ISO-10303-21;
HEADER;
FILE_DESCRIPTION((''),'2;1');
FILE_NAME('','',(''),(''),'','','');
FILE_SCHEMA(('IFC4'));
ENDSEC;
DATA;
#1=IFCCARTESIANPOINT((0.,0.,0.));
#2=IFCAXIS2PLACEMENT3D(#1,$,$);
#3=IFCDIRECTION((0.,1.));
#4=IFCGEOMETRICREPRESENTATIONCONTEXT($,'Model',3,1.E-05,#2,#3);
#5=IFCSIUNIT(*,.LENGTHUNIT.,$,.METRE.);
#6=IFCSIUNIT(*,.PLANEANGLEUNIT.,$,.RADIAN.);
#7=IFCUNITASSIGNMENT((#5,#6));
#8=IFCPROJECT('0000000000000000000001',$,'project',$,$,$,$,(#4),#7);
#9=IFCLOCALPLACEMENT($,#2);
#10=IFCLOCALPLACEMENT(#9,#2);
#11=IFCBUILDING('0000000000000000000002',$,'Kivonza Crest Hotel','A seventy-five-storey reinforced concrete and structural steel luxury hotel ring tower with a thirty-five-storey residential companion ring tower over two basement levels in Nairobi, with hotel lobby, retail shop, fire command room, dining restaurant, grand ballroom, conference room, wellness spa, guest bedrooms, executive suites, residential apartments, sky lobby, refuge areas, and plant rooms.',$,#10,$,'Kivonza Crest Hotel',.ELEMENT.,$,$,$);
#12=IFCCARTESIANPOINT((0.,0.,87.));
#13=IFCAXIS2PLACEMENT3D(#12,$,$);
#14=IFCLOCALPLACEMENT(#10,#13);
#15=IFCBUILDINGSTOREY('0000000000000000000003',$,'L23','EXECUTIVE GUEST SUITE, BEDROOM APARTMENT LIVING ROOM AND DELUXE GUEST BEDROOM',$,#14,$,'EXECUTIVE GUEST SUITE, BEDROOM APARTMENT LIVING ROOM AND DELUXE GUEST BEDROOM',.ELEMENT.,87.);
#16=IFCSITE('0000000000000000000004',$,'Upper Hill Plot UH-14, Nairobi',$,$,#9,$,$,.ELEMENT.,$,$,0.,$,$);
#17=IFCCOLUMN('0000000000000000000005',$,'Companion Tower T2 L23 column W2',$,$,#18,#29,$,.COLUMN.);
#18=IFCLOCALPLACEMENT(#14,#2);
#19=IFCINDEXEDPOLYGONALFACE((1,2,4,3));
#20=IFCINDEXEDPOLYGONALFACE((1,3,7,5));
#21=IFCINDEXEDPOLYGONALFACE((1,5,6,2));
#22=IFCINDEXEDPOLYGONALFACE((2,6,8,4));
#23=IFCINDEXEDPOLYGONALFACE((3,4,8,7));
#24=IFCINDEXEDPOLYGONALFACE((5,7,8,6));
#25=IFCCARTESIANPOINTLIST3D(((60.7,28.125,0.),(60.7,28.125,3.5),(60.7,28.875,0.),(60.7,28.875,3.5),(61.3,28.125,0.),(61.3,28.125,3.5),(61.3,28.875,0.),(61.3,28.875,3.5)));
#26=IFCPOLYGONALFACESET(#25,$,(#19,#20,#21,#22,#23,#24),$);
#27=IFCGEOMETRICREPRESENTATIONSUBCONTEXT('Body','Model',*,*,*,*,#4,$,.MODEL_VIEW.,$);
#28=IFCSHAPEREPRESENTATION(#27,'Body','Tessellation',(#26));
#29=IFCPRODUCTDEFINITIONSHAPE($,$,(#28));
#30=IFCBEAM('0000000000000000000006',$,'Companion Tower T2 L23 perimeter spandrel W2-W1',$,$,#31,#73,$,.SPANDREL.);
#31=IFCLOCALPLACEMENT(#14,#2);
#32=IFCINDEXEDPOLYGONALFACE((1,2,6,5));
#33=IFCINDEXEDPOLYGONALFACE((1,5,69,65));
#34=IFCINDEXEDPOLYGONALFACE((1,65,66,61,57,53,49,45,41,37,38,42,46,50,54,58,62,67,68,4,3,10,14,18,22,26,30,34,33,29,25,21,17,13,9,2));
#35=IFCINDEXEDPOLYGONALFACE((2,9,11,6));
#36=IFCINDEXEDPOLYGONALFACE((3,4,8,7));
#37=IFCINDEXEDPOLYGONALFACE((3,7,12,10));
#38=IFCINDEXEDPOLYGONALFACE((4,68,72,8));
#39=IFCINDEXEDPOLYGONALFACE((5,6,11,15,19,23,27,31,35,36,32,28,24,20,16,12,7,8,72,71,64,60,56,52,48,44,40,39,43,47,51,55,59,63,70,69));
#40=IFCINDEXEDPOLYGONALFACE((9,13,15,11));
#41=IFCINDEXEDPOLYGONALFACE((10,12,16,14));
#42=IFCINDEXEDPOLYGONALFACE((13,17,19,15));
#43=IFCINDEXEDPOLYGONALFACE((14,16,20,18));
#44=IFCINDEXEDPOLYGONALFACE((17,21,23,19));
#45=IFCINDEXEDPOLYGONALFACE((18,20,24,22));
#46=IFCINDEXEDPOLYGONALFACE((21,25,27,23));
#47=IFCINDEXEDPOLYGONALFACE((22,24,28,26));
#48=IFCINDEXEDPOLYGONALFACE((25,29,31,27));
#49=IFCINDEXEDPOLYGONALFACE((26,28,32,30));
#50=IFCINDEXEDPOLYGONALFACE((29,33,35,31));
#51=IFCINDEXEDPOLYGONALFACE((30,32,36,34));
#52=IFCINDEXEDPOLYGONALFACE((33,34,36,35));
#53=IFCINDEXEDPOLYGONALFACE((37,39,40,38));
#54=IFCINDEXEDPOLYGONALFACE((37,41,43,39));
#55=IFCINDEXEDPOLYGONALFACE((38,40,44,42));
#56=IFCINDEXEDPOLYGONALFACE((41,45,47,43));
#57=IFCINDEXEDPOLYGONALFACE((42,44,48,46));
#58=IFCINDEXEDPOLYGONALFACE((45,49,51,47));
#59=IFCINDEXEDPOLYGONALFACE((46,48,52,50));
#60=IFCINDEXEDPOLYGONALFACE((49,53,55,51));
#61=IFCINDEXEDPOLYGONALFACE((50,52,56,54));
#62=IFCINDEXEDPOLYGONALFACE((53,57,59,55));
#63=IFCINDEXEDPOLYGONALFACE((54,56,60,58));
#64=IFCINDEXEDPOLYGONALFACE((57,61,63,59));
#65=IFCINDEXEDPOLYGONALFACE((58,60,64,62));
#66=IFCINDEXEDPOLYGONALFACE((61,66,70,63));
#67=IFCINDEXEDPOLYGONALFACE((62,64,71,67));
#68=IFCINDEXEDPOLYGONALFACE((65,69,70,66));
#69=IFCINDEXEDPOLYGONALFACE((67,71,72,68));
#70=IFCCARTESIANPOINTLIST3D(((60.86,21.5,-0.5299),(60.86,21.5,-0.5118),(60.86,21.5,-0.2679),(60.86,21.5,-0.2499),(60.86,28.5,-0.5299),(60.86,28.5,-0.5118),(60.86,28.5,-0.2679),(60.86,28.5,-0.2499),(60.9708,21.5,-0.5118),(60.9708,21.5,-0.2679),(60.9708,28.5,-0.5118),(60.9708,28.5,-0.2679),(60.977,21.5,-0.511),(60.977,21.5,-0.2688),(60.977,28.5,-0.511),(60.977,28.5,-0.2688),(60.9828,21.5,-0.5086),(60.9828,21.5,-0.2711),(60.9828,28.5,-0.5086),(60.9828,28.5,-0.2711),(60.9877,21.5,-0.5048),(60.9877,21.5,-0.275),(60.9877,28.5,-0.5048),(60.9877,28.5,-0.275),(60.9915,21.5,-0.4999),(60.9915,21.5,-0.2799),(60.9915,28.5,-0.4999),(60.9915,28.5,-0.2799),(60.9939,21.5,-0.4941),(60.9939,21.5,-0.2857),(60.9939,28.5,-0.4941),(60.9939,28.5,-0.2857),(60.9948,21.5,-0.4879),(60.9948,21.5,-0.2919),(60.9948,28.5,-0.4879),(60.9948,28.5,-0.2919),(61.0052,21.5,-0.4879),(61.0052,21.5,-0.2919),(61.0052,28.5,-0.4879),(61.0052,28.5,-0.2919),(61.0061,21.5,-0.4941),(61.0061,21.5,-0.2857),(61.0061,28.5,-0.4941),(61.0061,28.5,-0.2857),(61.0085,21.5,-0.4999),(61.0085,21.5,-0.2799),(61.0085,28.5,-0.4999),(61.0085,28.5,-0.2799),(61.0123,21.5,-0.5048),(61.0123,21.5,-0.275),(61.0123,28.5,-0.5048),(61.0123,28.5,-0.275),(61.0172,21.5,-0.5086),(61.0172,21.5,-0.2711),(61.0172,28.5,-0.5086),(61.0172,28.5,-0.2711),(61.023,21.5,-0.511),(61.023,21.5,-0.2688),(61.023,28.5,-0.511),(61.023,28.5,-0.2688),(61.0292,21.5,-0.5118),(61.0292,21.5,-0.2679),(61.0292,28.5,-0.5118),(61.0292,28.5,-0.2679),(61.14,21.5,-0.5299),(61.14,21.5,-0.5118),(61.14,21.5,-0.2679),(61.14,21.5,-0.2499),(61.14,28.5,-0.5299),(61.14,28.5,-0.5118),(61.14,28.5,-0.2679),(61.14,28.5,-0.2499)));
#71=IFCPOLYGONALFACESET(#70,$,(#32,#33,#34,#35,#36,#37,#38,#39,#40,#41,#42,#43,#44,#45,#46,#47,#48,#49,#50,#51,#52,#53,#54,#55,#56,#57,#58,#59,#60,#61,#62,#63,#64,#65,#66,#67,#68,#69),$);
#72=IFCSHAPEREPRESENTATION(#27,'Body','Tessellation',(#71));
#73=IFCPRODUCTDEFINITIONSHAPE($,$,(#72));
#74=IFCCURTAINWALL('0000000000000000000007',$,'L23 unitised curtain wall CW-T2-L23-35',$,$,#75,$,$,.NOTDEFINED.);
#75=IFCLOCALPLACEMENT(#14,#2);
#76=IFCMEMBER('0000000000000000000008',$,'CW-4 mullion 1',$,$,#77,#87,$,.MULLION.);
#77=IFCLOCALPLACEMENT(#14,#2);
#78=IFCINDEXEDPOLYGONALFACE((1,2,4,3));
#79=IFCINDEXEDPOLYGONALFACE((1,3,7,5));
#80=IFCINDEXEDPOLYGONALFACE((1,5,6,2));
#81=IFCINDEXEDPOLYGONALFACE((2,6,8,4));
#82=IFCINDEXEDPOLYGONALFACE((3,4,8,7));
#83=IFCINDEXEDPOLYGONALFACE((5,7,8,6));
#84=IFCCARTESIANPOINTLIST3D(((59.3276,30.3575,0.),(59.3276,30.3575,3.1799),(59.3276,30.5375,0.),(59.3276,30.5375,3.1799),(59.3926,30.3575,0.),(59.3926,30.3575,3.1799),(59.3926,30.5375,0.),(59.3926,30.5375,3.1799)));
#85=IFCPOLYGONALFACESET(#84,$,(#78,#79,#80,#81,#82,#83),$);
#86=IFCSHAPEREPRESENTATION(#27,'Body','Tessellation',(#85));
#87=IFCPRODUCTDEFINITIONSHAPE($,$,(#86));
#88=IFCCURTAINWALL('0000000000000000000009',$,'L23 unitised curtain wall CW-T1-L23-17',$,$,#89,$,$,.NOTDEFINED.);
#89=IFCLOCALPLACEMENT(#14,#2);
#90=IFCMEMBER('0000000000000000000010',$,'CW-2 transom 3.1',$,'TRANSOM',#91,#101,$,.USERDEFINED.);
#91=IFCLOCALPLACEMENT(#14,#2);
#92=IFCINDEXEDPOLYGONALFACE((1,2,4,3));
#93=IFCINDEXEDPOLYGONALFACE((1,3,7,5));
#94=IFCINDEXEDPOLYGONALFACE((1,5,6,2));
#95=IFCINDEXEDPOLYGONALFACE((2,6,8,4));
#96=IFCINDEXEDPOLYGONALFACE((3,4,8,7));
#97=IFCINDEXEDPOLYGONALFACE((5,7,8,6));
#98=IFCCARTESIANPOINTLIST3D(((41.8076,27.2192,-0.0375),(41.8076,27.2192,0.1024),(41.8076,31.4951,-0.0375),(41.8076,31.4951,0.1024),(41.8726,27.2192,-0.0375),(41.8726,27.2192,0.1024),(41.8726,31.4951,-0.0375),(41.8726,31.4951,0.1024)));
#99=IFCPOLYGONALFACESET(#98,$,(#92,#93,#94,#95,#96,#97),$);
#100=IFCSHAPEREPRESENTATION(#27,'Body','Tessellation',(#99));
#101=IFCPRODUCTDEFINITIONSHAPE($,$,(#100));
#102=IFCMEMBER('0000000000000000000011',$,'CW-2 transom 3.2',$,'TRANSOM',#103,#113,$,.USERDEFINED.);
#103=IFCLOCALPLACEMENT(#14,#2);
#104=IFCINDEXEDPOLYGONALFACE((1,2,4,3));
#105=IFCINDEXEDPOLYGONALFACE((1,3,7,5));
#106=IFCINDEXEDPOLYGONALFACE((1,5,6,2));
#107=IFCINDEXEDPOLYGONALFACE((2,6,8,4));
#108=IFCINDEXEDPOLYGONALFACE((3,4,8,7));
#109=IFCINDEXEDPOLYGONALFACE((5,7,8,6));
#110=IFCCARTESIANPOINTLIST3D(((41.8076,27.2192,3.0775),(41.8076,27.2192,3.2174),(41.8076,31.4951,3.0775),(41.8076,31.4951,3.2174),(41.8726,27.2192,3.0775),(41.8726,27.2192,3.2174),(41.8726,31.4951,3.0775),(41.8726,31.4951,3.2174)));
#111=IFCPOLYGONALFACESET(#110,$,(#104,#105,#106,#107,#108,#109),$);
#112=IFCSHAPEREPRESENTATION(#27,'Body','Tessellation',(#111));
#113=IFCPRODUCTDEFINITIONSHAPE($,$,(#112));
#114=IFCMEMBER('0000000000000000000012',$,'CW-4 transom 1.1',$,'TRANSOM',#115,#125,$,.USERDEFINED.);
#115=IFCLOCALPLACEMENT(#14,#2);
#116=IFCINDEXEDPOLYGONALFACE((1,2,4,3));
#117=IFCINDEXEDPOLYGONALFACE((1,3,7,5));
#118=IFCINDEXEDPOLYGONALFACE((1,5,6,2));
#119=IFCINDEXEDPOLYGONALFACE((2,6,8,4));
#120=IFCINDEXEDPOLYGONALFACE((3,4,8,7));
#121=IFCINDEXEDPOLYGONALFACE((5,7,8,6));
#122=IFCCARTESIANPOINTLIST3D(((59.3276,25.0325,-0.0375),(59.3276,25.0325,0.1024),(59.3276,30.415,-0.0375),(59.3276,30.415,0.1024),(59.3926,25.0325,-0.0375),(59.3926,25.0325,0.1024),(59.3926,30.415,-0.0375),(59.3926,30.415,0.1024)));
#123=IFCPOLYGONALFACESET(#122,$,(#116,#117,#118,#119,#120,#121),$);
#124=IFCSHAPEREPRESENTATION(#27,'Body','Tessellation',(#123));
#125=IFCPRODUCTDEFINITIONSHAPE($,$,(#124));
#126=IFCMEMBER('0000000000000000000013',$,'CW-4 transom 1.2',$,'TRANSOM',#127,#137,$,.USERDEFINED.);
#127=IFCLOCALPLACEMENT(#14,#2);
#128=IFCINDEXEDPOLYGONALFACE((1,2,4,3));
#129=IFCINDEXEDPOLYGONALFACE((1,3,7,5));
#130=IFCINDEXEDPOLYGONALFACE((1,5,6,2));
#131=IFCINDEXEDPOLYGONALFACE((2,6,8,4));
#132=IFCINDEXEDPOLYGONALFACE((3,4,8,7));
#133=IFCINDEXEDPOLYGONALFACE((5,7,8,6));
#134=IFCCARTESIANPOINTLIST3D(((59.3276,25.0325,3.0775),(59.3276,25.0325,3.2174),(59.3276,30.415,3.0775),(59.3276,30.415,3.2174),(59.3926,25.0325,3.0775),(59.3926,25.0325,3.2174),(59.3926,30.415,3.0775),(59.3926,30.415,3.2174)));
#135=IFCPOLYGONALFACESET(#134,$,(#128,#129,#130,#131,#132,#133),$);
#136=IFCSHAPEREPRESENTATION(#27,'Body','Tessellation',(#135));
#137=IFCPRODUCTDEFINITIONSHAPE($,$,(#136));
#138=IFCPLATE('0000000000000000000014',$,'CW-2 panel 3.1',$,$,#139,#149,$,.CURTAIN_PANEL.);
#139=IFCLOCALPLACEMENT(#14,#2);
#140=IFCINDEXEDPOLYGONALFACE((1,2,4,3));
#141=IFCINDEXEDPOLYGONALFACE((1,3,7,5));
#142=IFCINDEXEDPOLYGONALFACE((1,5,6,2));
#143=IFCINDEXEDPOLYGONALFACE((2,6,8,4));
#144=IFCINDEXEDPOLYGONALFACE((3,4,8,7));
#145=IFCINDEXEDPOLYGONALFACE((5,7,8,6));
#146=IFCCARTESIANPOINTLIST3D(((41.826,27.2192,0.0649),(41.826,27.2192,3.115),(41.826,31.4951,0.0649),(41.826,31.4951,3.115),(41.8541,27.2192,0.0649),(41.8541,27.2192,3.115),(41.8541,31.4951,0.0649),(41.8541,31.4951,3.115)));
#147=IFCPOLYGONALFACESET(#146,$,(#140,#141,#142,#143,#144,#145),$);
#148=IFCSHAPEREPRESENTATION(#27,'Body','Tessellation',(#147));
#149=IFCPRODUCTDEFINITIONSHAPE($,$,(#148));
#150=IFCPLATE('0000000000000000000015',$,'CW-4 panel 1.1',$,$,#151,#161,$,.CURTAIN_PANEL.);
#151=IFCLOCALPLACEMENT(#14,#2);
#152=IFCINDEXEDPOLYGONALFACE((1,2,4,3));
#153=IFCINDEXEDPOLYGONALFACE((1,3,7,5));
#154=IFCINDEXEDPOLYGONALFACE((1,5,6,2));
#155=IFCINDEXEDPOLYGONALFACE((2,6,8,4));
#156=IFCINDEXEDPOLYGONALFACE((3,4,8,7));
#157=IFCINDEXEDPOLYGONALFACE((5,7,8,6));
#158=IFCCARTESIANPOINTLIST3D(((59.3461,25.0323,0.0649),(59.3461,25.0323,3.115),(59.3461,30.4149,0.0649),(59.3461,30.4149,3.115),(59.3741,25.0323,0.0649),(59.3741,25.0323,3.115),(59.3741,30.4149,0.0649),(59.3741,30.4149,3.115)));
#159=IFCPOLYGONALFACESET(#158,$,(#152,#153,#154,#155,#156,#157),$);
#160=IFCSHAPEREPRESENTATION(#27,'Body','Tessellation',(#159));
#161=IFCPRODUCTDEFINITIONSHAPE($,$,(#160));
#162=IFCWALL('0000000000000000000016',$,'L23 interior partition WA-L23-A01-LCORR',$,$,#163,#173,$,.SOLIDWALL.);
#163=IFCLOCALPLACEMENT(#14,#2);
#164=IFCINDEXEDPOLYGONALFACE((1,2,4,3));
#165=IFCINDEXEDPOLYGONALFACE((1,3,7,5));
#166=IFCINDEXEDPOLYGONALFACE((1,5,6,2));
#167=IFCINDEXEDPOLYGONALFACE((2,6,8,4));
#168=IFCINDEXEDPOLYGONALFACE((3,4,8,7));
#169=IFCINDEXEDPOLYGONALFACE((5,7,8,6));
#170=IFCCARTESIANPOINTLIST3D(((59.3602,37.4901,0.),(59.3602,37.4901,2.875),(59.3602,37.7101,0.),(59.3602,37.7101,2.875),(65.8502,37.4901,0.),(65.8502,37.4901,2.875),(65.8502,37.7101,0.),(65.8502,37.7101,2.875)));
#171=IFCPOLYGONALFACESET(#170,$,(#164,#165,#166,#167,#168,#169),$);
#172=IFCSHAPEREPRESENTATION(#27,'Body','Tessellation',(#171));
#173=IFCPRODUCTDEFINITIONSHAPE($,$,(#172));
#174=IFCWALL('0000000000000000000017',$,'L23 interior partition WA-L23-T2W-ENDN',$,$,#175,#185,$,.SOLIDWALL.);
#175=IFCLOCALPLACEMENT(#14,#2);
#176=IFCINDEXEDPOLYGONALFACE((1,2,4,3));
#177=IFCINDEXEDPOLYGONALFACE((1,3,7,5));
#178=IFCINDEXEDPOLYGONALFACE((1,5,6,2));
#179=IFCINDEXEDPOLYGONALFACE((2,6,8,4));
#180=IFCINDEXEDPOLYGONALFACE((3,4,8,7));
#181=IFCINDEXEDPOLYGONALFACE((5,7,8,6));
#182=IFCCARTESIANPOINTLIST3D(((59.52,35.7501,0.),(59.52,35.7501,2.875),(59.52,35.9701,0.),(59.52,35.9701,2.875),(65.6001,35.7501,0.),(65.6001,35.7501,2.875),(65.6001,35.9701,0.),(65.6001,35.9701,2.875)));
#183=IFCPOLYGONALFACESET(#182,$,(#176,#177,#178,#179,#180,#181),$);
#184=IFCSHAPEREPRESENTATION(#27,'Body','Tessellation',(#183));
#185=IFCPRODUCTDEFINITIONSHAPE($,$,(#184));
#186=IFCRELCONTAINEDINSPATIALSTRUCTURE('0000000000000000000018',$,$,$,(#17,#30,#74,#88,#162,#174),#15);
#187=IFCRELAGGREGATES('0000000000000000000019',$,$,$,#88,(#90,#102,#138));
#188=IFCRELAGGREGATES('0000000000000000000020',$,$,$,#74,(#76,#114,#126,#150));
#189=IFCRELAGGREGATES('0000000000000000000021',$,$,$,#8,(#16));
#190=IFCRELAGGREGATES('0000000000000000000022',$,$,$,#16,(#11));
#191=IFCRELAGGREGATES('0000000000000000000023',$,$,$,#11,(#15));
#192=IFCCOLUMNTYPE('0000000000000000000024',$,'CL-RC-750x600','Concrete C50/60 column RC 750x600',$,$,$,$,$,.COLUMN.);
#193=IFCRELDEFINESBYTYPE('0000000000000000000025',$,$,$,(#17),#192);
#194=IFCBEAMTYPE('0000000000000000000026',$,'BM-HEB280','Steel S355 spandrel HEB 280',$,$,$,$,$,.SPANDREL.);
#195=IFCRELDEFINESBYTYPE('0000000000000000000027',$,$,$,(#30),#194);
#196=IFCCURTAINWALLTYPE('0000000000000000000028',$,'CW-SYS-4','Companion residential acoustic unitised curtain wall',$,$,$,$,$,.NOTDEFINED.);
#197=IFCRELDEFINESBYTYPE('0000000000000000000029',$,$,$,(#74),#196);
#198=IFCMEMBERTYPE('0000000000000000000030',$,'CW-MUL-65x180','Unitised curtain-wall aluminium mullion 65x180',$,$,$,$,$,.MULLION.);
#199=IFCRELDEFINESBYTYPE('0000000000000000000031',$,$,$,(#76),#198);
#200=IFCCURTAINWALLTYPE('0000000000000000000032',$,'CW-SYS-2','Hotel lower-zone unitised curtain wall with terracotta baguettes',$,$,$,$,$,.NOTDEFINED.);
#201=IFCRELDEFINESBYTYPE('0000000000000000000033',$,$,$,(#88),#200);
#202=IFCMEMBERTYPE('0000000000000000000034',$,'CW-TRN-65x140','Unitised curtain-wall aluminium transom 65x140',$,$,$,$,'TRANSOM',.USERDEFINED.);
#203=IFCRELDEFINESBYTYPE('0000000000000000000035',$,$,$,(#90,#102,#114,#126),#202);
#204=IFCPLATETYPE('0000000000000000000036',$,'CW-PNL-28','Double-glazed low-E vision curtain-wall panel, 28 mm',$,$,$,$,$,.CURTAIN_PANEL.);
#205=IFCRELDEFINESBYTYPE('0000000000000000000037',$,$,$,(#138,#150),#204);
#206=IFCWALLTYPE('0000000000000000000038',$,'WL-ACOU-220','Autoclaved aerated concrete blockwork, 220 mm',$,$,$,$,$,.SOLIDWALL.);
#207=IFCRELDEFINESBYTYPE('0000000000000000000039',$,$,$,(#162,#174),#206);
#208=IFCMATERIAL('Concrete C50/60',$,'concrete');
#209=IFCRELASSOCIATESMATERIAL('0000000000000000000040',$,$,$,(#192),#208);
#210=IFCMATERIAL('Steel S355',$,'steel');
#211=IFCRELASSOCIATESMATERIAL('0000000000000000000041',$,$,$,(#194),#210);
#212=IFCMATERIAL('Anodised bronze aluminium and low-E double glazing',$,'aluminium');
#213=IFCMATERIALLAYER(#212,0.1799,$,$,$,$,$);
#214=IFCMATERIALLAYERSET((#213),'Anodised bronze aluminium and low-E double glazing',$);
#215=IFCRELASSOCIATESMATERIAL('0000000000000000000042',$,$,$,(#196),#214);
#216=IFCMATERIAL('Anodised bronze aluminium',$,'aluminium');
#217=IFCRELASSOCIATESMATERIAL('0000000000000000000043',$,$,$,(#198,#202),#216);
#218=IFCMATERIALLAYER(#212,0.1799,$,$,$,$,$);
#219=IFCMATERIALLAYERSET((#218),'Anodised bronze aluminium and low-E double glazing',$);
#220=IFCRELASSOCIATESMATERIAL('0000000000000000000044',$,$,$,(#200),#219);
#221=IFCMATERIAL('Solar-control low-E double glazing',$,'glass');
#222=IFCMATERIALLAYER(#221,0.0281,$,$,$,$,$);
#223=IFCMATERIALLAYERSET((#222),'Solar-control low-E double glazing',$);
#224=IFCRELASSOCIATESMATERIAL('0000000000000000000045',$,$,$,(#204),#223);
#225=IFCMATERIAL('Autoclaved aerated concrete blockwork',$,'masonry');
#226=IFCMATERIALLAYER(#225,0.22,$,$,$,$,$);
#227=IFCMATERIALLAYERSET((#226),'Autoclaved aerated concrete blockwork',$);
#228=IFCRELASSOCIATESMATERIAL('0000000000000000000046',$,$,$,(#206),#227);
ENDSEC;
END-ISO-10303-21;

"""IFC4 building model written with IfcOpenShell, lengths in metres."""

from ifc_helpers import new_model, si_unit, direction, frame, frame_2d, origin, origin_2d, place, context, subcontext, project, spatial, rectangle, i_section, extrude, material, layer, layer_set, material_profile, profile_set, type_object, element, aggregate, save


model = new_model("IFC4")

# Units and contexts
model_context = context("Model", 3, precision=1e-05, world=origin(), true_north=direction((0.0, 1.0)))
body_context = subcontext(model_context, "Body", "Model", "MODEL_VIEW")
ifc_project = project(units=[si_unit("LENGTHUNIT", "METRE"), si_unit("PLANEANGLEUNIT", "RADIAN")], contexts=[model_context])

# Site, building, storey
site_placement = place(None, origin())
site = spatial("IfcSite", under=ifc_project, at=site_placement, Name="Upper Hill Plot UH-14, Nairobi", CompositionType="ELEMENT", RefElevation=0.0)
building_placement = place(site_placement, origin())
building = spatial("IfcBuilding", under=site, at=building_placement, Name="Kivonza Crest Hotel", Description="A seventy-five-storey reinforced concrete and structural steel luxury hotel ring tower with a thirty-five-storey residential companion ring tower over two basement levels in Nairobi, with hotel lobby, retail shop, fire command room, dining restaurant, grand ballroom, conference room, wellness spa, guest bedrooms, executive suites, residential apartments, sky lobby, refuge areas, and plant rooms.", LongName="Kivonza Crest Hotel", CompositionType="ELEMENT")
storey_placement = place(building_placement, frame((0.0, 0.0, 87.0)))
storey = spatial("IfcBuildingStorey", under=building, at=storey_placement, Name="L23", Description="EXECUTIVE GUEST SUITE, BEDROOM APARTMENT LIVING ROOM AND DELUXE GUEST BEDROOM", LongName="EXECUTIVE GUEST SUITE, BEDROOM APARTMENT LIVING ROOM AND DELUXE GUEST BEDROOM", CompositionType="ELEMENT", Elevation=87.0)

# Column
ifc_material_1 = material(Name="Concrete C50/60", Category="concrete")
ifc_material_profile_1 = material_profile(ifc_material_1, rectangle(XDim=0.6001, YDim=0.75, at=origin_2d()), Name="RC 750x600")
ifc_profile_set_1 = profile_set([ifc_material_profile_1], Name="Concrete C50/60")
column_type = type_object("IfcColumnType", Name="CL-RC-750x600", Description="Concrete C50/60 column RC 750x600", PredefinedType="COLUMN", material=ifc_profile_set_1)
column_placement = place(storey_placement, frame((61.0, 28.5, 0.0), z_axis=(0.0, 0.0, 1.0), x_axis=(1.0, 0.0, 0.0)))
element("IfcColumn", 1, at=column_placement, inside=storey, type_object=column_type, Name="Companion Tower T2 L23 column W2", PredefinedType="COLUMN", context=body_context, shape_type="SweptSolid", body=[
    extrude(rectangle(XDim=0.6001, YDim=0.75, at=origin_2d()), origin(), (0.0, 0.0, 1.0), 3.5),
])

# Beam
ifc_material_2 = material(Name="Steel S355", Category="steel")
ifc_material_profile_2 = material_profile(ifc_material_2, i_section(OverallWidth=0.28, OverallDepth=0.28, WebThickness=0.0105, FlangeThickness=0.0181, FilletRadius=0.0239, at=origin_2d()), Name="HEB 280")
ifc_profile_set_2 = profile_set([ifc_material_profile_2], Name="Steel S355")
beam_type = type_object("IfcBeamType", Name="BM-HEB280", Description="Steel S355 spandrel HEB 280", PredefinedType="SPANDREL", material=ifc_profile_set_2)
beam_placement = place(storey_placement, frame((61.0, 28.5, -0.3899), z_axis=(0.0, -1.0, 0.0), x_axis=(1.0, 0.0, 0.0)))
element("IfcBeam", 2, at=beam_placement, inside=storey, type_object=beam_type, Name="Companion Tower T2 L23 perimeter spandrel W2-W1", PredefinedType="SPANDREL", context=body_context, shape_type="SweptSolid", body=[
    extrude(i_section(OverallWidth=0.28, OverallDepth=0.28, WebThickness=0.0105, FlangeThickness=0.0181, FilletRadius=0.0239, at=origin_2d()), origin(), (0.0, 0.0, 1.0), 7.0),
])

# Curtain wall, member
ifc_material_3 = material(Name="Anodised bronze aluminium and low-E double glazing", Category="aluminium")
ifc_layer_1 = layer(ifc_material_3, 0.1799)
ifc_layer_set_1 = layer_set([ifc_layer_1], Name="Anodised bronze aluminium and low-E double glazing")
curtain_wall_type_1 = type_object("IfcCurtainWallType", Name="CW-SYS-4", Description="Companion residential acoustic unitised curtain wall", PredefinedType="NOTDEFINED", material=ifc_layer_set_1)
curtain_wall_1_placement = place(storey_placement, origin())
curtain_wall_1 = element("IfcCurtainWall", 3, at=curtain_wall_1_placement, inside=storey, type_object=curtain_wall_type_1, Name="L23 unitised curtain wall CW-T2-L23-35", PredefinedType="NOTDEFINED")
ifc_material_4 = material(Name="Anodised bronze aluminium", Category="aluminium")
ifc_material_profile_3 = material_profile(ifc_material_4, rectangle(XDim=0.0649, YDim=0.1799, at=origin_2d()), Name="CW-M 65x180")
ifc_profile_set_3 = profile_set([ifc_material_profile_3], Name="Anodised bronze aluminium")
member_type_1 = type_object("IfcMemberType", Name="CW-MUL-65x180", Description="Unitised curtain-wall aluminium mullion 65x180", PredefinedType="MULLION", material=ifc_profile_set_3)
member_1_placement = place(storey_placement, frame((59.3601, 30.4475, 0.0), z_axis=(0.0, 0.0, 1.0), x_axis=(1.0, 0.0, 0.0)))
member_1 = element("IfcMember", 4, at=member_1_placement, type_object=member_type_1, Name="CW-4 mullion 1", PredefinedType="MULLION", context=body_context, shape_type="SweptSolid", body=[
    extrude(rectangle(XDim=0.0649, YDim=0.1799, at=origin_2d()), origin(), (0.0, 0.0, 1.0), 3.1799),
])

# Curtain wall, members
ifc_layer_2 = layer(ifc_material_3, 0.1799)
ifc_layer_set_2 = layer_set([ifc_layer_2], Name="Anodised bronze aluminium and low-E double glazing")
curtain_wall_type_2 = type_object("IfcCurtainWallType", Name="CW-SYS-2", Description="Hotel lower-zone unitised curtain wall with terracotta baguettes", PredefinedType="NOTDEFINED", material=ifc_layer_set_2)
curtain_wall_2_placement = place(storey_placement, origin())
curtain_wall_2 = element("IfcCurtainWall", 5, at=curtain_wall_2_placement, inside=storey, type_object=curtain_wall_type_2, Name="L23 unitised curtain wall CW-T1-L23-17", PredefinedType="NOTDEFINED")
ifc_material_profile_4 = material_profile(ifc_material_4, rectangle(XDim=0.0649, YDim=0.1399, at=origin_2d()), Name="CW-T 65x140")
ifc_profile_set_4 = profile_set([ifc_material_profile_4], Name="Anodised bronze aluminium")
member_type_2 = type_object("IfcMemberType", Name="CW-TRN-65x140", Description="Unitised curtain-wall aluminium transom 65x140", ElementType="TRANSOM", PredefinedType="USERDEFINED", material=ifc_profile_set_4)
member_2_placement = place(storey_placement, frame((41.8401, 27.2192, 0.0325), z_axis=(0.0, 1.0, 0.0), x_axis=(-1.0, 0.0, 0.0)))
member_2 = element("IfcMember", 6, at=member_2_placement, type_object=member_type_2, Name="CW-2 transom 3.1", ObjectType="TRANSOM", PredefinedType="USERDEFINED", context=body_context, shape_type="SweptSolid", body=[
    extrude(rectangle(XDim=0.0649, YDim=0.1399, at=origin_2d()), origin(), (0.0, 0.0, 1.0), 4.2759),
])
member_3_placement = place(storey_placement, frame((41.8401, 27.2192, 3.1475), z_axis=(0.0, 1.0, 0.0), x_axis=(-1.0, 0.0, 0.0)))
member_3 = element("IfcMember", 7, at=member_3_placement, type_object=member_type_2, Name="CW-2 transom 3.2", ObjectType="TRANSOM", PredefinedType="USERDEFINED", context=body_context, shape_type="SweptSolid", body=[
    extrude(rectangle(XDim=0.0649, YDim=0.1399, at=origin_2d()), origin(), (0.0, 0.0, 1.0), 4.2759),
])

# Members
member_4_placement = place(storey_placement, frame((59.3601, 30.415, 0.0325), z_axis=(0.0, -1.0, 0.0), x_axis=(1.0, 0.0, 0.0)))
member_4 = element("IfcMember", 8, at=member_4_placement, type_object=member_type_2, Name="CW-4 transom 1.1", ObjectType="TRANSOM", PredefinedType="USERDEFINED", context=body_context, shape_type="SweptSolid", body=[
    extrude(rectangle(XDim=0.0649, YDim=0.1399, at=origin_2d()), origin(), (0.0, 0.0, 1.0), 5.3826),
])
member_5_placement = place(storey_placement, frame((59.3601, 30.415, 3.1475), z_axis=(0.0, -1.0, 0.0), x_axis=(1.0, 0.0, 0.0)))
member_5 = element("IfcMember", 9, at=member_5_placement, type_object=member_type_2, Name="CW-4 transom 1.2", ObjectType="TRANSOM", PredefinedType="USERDEFINED", context=body_context, shape_type="SweptSolid", body=[
    extrude(rectangle(XDim=0.0649, YDim=0.1399, at=origin_2d()), origin(), (0.0, 0.0, 1.0), 5.3826),
])

# Plates
ifc_material_5 = material(Name="Solar-control low-E double glazing", Category="glass")
ifc_layer_3 = layer(ifc_material_5, 0.0281)
ifc_layer_set_3 = layer_set([ifc_layer_3], Name="Solar-control low-E double glazing")
plate_type = type_object("IfcPlateType", Name="CW-PNL-28", Description="Double-glazed low-E vision curtain-wall panel, 28 mm", PredefinedType="CURTAIN_PANEL", material=ifc_layer_set_3)
plate_1_placement = place(storey_placement, frame((41.8401, 29.3572, 0.0649), z_axis=(0.0, 0.0, 1.0), x_axis=(0.0, 1.0, 0.0)))
plate_1 = element("IfcPlate", 10, at=plate_1_placement, type_object=plate_type, Name="CW-2 panel 3.1", PredefinedType="CURTAIN_PANEL", context=body_context, shape_type="SweptSolid", body=[
    extrude(rectangle(XDim=4.2759, YDim=0.0281, at=origin_2d()), origin(), (0.0, 0.0, 1.0), 3.05),
])
aggregate(curtain_wall_2, [member_2, member_3, plate_1])
plate_2_placement = place(storey_placement, frame((59.3601, 27.7236, 0.0649), z_axis=(0.0, 0.0, 1.0), x_axis=(0.0, -1.0, 0.0)))
plate_2 = element("IfcPlate", 11, at=plate_2_placement, type_object=plate_type, Name="CW-4 panel 1.1", PredefinedType="CURTAIN_PANEL", context=body_context, shape_type="SweptSolid", body=[
    extrude(rectangle(XDim=5.3826, YDim=0.0281, at=origin_2d()), origin(), (0.0, 0.0, 1.0), 3.05),
])
aggregate(curtain_wall_1, [member_1, member_4, member_5, plate_2])

# Walls
ifc_material_6 = material(Name="Autoclaved aerated concrete blockwork", Category="masonry")
ifc_layer_4 = layer(ifc_material_6, 0.22)
ifc_layer_set_4 = layer_set([ifc_layer_4], Name="Autoclaved aerated concrete blockwork")
wall_type_1 = type_object("IfcWallType", Name="WL-ACOU-220", Description="Autoclaved aerated concrete blockwork, 220 mm", PredefinedType="SOLIDWALL", material=ifc_layer_set_4)
wall_1_placement = place(storey_placement, frame((59.3601, 37.6001, 0.0), z_axis=(0.0, 0.0, 1.0), x_axis=(1.0, 0.0, 0.0)))
element("IfcWall", 12, at=wall_1_placement, inside=storey, type_object=wall_type_1, Name="L23 interior partition WA-L23-A01-LCORR", PredefinedType="SOLIDWALL", context=body_context, shape_type="SweptSolid", body=[
    extrude(rectangle(XDim=6.49, YDim=0.22, at=frame_2d((3.2451, 0.0))), origin(), (0.0, 0.0, 1.0), 2.875),
])
wall_2_placement = place(storey_placement, frame((59.52, 35.8601, 0.0), z_axis=(0.0, 0.0, 1.0), x_axis=(1.0, 0.0, 0.0)))
element("IfcWall", 13, at=wall_2_placement, inside=storey, type_object=wall_type_1, Name="L23 interior partition WA-L23-T2W-ENDN", PredefinedType="SOLIDWALL", context=body_context, shape_type="SweptSolid", body=[
    extrude(rectangle(XDim=6.0801, YDim=0.22, at=frame_2d((3.04, 0.0))), origin(), (0.0, 0.0, 1.0), 2.875),
])

save(model, "model.ifc")
